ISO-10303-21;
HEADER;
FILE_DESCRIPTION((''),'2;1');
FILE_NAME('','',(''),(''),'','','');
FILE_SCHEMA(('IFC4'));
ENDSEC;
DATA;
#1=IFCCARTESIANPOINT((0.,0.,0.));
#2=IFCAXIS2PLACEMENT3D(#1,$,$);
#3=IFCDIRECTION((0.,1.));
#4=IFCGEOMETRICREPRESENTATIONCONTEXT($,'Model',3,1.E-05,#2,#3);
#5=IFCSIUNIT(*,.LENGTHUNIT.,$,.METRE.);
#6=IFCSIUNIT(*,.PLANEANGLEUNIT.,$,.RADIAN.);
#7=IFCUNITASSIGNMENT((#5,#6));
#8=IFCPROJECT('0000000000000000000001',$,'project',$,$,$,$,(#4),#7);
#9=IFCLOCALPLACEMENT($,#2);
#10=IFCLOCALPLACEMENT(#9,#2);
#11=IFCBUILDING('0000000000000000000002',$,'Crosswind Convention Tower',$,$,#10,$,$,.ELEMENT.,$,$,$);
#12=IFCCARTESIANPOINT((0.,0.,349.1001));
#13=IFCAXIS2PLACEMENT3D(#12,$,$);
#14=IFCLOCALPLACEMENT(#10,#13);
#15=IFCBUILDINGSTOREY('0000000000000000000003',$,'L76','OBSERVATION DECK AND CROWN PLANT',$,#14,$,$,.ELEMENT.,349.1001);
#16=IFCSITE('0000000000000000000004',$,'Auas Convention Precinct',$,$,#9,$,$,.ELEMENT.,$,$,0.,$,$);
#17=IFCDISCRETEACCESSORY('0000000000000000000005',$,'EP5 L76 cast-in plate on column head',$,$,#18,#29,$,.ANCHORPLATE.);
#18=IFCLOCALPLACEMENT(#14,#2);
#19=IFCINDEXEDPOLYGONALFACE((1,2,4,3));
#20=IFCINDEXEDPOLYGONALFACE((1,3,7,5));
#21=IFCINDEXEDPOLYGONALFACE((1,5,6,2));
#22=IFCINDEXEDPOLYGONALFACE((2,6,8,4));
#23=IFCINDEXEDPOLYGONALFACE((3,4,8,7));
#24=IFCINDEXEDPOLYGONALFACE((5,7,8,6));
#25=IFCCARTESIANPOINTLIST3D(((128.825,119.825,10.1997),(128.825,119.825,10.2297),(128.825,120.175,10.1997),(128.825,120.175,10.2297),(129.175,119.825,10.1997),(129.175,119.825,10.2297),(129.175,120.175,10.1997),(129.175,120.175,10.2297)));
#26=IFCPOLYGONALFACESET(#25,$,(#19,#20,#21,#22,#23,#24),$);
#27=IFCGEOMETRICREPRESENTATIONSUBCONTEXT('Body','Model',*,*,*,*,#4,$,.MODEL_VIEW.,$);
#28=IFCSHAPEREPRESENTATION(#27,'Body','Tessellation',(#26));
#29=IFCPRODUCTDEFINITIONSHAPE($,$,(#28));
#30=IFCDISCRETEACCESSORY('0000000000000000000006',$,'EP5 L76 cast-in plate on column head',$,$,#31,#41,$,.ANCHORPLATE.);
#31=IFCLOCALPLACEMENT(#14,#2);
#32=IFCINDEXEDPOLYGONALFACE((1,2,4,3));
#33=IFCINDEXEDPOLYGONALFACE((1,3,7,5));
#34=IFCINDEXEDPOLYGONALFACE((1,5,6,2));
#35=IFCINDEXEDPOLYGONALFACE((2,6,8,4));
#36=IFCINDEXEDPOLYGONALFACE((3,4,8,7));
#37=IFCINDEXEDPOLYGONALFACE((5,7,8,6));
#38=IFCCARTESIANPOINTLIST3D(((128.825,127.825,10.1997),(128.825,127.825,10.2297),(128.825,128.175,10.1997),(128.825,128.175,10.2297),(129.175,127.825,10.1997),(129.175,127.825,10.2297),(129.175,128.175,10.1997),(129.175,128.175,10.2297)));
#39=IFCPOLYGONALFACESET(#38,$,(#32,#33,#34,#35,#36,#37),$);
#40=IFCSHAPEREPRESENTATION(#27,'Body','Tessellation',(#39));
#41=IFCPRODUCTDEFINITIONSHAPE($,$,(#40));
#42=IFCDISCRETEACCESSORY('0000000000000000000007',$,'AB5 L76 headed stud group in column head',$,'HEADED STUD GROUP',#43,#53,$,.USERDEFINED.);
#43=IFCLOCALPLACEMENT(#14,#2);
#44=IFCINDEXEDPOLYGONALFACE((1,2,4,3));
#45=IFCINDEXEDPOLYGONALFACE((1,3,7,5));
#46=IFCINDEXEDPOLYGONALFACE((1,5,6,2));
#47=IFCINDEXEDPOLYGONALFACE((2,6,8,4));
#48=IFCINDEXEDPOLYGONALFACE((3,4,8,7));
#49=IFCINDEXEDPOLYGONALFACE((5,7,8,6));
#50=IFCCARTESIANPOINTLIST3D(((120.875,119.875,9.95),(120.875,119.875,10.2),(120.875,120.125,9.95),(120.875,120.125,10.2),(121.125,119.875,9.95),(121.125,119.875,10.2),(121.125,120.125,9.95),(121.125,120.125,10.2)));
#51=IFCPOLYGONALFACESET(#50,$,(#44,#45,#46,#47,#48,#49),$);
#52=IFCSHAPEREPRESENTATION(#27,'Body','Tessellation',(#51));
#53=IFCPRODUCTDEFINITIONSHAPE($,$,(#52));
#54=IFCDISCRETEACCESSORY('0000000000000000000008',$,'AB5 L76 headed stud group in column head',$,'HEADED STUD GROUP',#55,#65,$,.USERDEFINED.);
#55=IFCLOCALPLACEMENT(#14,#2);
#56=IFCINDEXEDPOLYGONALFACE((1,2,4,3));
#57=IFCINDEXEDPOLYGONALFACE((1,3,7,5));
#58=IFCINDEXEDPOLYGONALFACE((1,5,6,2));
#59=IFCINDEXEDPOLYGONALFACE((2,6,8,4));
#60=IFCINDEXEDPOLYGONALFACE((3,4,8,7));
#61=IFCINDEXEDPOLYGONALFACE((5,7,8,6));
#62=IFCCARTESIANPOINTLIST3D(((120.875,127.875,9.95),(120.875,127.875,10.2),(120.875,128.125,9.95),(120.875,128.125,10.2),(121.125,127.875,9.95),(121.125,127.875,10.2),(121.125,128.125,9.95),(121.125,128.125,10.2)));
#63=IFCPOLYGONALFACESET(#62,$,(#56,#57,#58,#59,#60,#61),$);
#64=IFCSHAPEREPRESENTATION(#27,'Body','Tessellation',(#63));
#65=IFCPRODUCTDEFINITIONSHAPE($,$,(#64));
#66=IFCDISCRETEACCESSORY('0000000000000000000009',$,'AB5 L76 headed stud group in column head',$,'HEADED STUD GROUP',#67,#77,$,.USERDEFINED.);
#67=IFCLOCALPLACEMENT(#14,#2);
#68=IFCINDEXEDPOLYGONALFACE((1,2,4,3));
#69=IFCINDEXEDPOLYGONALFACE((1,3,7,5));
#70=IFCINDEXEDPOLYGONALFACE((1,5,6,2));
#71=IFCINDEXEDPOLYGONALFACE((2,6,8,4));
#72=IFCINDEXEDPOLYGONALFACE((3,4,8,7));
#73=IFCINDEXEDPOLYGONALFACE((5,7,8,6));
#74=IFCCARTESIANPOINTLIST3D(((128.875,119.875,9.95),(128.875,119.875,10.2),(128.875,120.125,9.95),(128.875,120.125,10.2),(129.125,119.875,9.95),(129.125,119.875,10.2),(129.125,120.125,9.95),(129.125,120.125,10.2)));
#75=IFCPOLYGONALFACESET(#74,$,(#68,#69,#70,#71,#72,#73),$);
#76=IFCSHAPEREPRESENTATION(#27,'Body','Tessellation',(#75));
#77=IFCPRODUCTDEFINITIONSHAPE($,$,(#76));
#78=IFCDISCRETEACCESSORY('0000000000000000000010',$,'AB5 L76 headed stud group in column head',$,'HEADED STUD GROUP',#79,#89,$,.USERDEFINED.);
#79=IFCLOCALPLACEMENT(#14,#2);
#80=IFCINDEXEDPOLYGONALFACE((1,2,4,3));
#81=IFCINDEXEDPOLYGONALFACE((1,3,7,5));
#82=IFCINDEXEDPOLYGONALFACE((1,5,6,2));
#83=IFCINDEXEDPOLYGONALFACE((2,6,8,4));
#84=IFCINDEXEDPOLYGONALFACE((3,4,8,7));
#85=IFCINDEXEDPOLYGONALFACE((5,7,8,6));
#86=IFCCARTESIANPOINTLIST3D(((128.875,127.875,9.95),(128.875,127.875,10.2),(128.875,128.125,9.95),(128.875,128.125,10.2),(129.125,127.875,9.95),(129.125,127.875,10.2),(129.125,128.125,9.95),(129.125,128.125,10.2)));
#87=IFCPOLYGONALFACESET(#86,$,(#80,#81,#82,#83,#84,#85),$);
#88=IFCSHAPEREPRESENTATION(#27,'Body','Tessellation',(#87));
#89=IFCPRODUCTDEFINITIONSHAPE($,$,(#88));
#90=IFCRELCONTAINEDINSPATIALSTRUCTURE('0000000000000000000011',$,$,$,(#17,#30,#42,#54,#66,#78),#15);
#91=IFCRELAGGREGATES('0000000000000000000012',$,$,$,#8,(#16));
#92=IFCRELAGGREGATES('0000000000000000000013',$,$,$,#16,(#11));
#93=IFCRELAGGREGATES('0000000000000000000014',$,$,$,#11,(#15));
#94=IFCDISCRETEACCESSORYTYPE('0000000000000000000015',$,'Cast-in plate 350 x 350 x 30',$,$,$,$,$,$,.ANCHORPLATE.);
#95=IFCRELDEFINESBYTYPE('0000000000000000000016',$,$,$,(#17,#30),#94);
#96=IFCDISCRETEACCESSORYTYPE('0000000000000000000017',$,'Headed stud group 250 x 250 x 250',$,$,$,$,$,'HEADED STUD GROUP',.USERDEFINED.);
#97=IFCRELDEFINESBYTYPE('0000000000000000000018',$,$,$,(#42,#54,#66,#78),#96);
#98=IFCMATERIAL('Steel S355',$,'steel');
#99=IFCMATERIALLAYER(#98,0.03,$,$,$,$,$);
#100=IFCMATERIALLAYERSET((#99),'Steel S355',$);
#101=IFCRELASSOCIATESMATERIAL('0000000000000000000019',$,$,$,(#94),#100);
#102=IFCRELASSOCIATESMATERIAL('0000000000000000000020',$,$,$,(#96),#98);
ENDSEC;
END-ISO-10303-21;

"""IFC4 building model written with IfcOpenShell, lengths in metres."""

from ifc_helpers import new_model, si_unit, direction, frame, origin, origin_2d, place, context, subcontext, project, spatial, rectangle, extrude, material, layer, layer_set, type_object, element, save


model = new_model("IFC4")

# Units and contexts
model_context = context("Model", 3, precision=1e-05, world=origin(), true_north=direction((0.0, 1.0)))
body_context = subcontext(model_context, "Body", "Model", "MODEL_VIEW")
ifc_project = project(units=[si_unit("LENGTHUNIT", "METRE"), si_unit("PLANEANGLEUNIT", "RADIAN")], contexts=[model_context])

# Site, building, storey
site_placement = place(None, origin())
site = spatial("IfcSite", under=ifc_project, at=site_placement, Name="Auas Convention Precinct", CompositionType="ELEMENT", RefElevation=0.0)
building_placement = place(site_placement, origin())
building = spatial("IfcBuilding", under=site, at=building_placement, Name="Crosswind Convention Tower", CompositionType="ELEMENT")
storey_placement = place(building_placement, frame((0.0, 0.0, 349.1001)))
storey = spatial("IfcBuildingStorey", under=building, at=storey_placement, Name="L76", Description="OBSERVATION DECK AND CROWN PLANT", CompositionType="ELEMENT", Elevation=349.1001)

# Shared definitions
ifc_material_1 = material(Name="Steel S355", Category="steel")

# Discrete accessories
ifc_layer_1 = layer(ifc_material_1, 0.03)
ifc_layer_set_1 = layer_set([ifc_layer_1], Name="Steel S355")
discrete_accessory_type_1 = type_object("IfcDiscreteAccessoryType", Name="Cast-in plate 350 x 350 x 30", PredefinedType="ANCHORPLATE", material=ifc_layer_set_1)
for number, where, z_axis, x_axis, name in (
    (1, (129.0, 120.0, 10.1997), (0.0, 0.0, 1.0), (1.0, 0.0, 0.0), "EP5 L76 cast-in plate on column head"),
    (2, (129.0, 128.0, 10.1997), (0.0, 0.0, 1.0), (1.0, 0.0, 0.0), "EP5 L76 cast-in plate on column head"),
):
    element("IfcDiscreteAccessory", number, at=place(storey_placement, frame(where, z_axis=z_axis, x_axis=x_axis)), inside=storey, type_object=discrete_accessory_type_1, Name=name, PredefinedType="ANCHORPLATE", context=body_context, shape_type="SweptSolid", body=[
        extrude(rectangle(XDim=0.3501, YDim=0.3501, at=origin_2d()), origin(), (0.0, 0.0, 1.0), 0.03),
    ])
discrete_accessory_type_2 = type_object("IfcDiscreteAccessoryType", Name="Headed stud group 250 x 250 x 250", ElementType="HEADED STUD GROUP", PredefinedType="USERDEFINED", material=ifc_material_1)
for number, where, z_axis, x_axis, name in (
    (3, (121.0, 120.0, 9.95), (0.0, 0.0, 1.0), (1.0, 0.0, 0.0), "AB5 L76 headed stud group in column head"),
    (4, (121.0, 128.0, 9.95), (0.0, 0.0, 1.0), (1.0, 0.0, 0.0), "AB5 L76 headed stud group in column head"),
    (5, (129.0, 120.0, 9.95), (0.0, 0.0, 1.0), (1.0, 0.0, 0.0), "AB5 L76 headed stud group in column head"),
    (6, (129.0, 128.0, 9.95), (0.0, 0.0, 1.0), (1.0, 0.0, 0.0), "AB5 L76 headed stud group in column head"),
):
    element("IfcDiscreteAccessory", number, at=place(storey_placement, frame(where, z_axis=z_axis, x_axis=x_axis)), inside=storey, type_object=discrete_accessory_type_2, Name=name, ObjectType="HEADED STUD GROUP", PredefinedType="USERDEFINED", context=body_context, shape_type="SweptSolid", body=[
        extrude(rectangle(XDim=0.25, YDim=0.25, at=origin_2d()), origin(), (0.0, 0.0, 1.0), 0.25),
    ])

save(model, "model.ifc")
